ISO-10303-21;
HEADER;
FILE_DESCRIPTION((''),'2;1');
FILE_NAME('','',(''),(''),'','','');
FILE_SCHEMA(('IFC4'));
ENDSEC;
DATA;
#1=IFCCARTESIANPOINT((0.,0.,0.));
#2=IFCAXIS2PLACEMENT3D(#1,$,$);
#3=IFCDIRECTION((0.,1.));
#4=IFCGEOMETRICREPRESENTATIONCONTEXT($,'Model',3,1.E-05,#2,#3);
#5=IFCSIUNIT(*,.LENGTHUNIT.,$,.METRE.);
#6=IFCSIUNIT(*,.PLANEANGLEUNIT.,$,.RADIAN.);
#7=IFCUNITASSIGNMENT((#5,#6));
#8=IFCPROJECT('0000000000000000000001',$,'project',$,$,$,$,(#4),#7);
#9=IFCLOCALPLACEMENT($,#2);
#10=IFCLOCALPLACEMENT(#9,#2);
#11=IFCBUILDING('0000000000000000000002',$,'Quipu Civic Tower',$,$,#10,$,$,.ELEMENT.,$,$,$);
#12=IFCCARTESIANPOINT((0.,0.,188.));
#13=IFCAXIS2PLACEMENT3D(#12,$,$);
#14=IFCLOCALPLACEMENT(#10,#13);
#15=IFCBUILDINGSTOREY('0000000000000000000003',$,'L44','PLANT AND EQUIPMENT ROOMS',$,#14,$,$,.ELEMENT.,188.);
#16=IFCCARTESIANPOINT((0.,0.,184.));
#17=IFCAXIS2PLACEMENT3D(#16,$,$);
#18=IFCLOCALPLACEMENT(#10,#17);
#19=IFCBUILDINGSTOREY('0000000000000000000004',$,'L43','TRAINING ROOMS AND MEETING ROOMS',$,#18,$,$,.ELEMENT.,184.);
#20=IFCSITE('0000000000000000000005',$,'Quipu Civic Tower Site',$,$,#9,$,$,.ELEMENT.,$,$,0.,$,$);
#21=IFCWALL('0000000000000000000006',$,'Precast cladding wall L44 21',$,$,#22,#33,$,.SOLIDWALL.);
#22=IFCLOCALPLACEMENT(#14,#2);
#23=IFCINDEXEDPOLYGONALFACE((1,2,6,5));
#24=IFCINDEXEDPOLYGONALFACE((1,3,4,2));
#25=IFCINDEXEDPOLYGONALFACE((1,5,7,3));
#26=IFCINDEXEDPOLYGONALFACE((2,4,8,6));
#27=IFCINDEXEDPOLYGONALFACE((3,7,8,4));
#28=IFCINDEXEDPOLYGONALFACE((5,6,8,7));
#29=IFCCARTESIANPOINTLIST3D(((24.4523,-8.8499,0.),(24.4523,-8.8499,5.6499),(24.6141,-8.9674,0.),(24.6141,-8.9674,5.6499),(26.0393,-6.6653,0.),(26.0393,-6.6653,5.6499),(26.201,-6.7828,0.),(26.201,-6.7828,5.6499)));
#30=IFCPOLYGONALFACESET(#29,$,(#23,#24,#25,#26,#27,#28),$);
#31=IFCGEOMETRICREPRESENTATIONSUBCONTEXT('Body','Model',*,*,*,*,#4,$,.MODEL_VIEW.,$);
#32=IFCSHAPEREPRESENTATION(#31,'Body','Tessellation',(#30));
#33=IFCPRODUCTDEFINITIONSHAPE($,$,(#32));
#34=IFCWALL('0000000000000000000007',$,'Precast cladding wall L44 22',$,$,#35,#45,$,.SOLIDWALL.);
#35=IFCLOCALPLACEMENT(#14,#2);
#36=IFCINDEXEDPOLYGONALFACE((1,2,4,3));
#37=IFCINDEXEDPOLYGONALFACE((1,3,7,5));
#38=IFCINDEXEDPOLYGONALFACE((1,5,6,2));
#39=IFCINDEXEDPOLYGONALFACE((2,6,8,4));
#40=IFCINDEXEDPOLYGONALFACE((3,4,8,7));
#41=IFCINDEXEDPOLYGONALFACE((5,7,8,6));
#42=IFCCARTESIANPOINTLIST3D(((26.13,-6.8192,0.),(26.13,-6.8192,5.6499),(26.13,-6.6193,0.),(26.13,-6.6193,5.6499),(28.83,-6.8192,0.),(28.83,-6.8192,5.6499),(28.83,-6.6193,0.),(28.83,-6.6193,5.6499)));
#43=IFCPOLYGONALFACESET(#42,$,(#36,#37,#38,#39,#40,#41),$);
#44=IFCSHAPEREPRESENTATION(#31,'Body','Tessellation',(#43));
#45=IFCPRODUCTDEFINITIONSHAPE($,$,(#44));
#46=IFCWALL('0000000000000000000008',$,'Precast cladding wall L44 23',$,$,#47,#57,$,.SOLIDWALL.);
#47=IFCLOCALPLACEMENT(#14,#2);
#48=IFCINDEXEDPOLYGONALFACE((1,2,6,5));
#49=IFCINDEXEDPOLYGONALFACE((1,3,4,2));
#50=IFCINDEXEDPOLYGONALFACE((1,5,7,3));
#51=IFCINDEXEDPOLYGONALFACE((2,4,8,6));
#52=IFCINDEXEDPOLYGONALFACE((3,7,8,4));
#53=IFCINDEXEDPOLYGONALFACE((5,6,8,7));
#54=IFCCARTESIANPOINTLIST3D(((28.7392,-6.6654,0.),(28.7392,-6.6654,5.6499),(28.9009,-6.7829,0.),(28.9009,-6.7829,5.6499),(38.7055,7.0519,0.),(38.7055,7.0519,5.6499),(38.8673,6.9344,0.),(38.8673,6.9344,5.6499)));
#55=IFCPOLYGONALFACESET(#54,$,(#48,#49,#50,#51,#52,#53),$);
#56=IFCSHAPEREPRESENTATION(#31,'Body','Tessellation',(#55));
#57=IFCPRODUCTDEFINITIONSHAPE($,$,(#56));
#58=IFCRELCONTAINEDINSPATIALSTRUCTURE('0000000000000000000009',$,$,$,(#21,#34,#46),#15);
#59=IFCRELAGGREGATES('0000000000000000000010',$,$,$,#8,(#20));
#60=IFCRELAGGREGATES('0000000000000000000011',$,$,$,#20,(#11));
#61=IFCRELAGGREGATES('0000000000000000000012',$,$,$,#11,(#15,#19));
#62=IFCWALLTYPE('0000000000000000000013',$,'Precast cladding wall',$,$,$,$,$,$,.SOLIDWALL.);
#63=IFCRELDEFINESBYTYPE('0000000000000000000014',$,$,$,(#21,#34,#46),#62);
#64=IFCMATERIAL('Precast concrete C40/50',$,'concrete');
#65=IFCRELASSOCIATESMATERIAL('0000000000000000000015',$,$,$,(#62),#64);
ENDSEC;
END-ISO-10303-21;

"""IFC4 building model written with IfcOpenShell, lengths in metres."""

from ifc_helpers import new_model, si_unit, direction, frame, frame_2d, origin, place, context, subcontext, project, spatial, rectangle, extrude, material, type_object, element, save


model = new_model("IFC4")

# Units and contexts
model_context = context("Model", 3, precision=1e-05, world=origin(), true_north=direction((0.0, 1.0)))
body_context = subcontext(model_context, "Body", "Model", "MODEL_VIEW")
ifc_project = project(units=[si_unit("LENGTHUNIT", "METRE"), si_unit("PLANEANGLEUNIT", "RADIAN")], contexts=[model_context])

# Site, building, storey
site_placement = place(None, origin())
site = spatial("IfcSite", under=ifc_project, at=site_placement, Name="Quipu Civic Tower Site", CompositionType="ELEMENT", RefElevation=0.0)
building_placement = place(site_placement, origin())
building = spatial("IfcBuilding", under=site, at=building_placement, Name="Quipu Civic Tower", CompositionType="ELEMENT")
storey_1_placement = place(building_placement, frame((0.0, 0.0, 188.0)))
storey_1 = spatial("IfcBuildingStorey", under=building, at=storey_1_placement, Name="L44", Description="PLANT AND EQUIPMENT ROOMS", CompositionType="ELEMENT", Elevation=188.0)

# Shared definitions
storey_2_placement = place(building_placement, frame((0.0, 0.0, 184.0)))
storey_2 = spatial("IfcBuildingStorey", under=building, at=storey_2_placement, Name="L43", Description="TRAINING ROOMS AND MEETING ROOMS", CompositionType="ELEMENT", Elevation=184.0)

# Walls
ifc_material_1 = material(Name="Precast concrete C40/50", Category="concrete")
wall_type = type_object("IfcWallType", Name="Precast cladding wall", PredefinedType="SOLIDWALL", material=ifc_material_1)
wall_1_placement = place(storey_1_placement, frame((24.5332, -8.9087, 0.0), z_axis=(0.0, 0.0, 1.0), x_axis=(0.58772, 0.809064, 0.0)))
element("IfcWall", 1, at=wall_1_placement, inside=storey_1, type_object=wall_type, Name="Precast cladding wall L44 21", PredefinedType="SOLIDWALL", context=body_context, shape_type="SweptSolid", body=[
    extrude(rectangle(XDim=2.7002, YDim=0.2, at=frame_2d((1.3501, 0.0))), origin(), (0.0, 0.0, 1.0), 5.6499),
])
wall_2_placement = place(storey_1_placement, frame((26.1299, -6.7192, 0.0), z_axis=(0.0, 0.0, 1.0), x_axis=(1.0, 0.0, 0.0)))
element("IfcWall", 2, at=wall_2_placement, inside=storey_1, type_object=wall_type, Name="Precast cladding wall L44 22", PredefinedType="SOLIDWALL", context=body_context, shape_type="SweptSolid", body=[
    extrude(rectangle(XDim=2.7, YDim=0.2, at=frame_2d((1.3501, 0.0))), origin(), (0.0, 0.0, 1.0), 5.6499),
])
wall_3_placement = place(storey_1_placement, frame((28.8201, -6.7241, 0.0), z_axis=(0.0, 0.0, 1.0), x_axis=(0.58779, 0.809014, 0.0)))
element("IfcWall", 3, at=wall_3_placement, inside=storey_1, type_object=wall_type, Name="Precast cladding wall L44 23", PredefinedType="SOLIDWALL", context=body_context, shape_type="SweptSolid", body=[
    extrude(rectangle(XDim=16.9556, YDim=0.2, at=frame_2d((8.4778, 0.0))), origin(), (0.0, 0.0, 1.0), 5.6499),
])

save(model, "model.ifc")
